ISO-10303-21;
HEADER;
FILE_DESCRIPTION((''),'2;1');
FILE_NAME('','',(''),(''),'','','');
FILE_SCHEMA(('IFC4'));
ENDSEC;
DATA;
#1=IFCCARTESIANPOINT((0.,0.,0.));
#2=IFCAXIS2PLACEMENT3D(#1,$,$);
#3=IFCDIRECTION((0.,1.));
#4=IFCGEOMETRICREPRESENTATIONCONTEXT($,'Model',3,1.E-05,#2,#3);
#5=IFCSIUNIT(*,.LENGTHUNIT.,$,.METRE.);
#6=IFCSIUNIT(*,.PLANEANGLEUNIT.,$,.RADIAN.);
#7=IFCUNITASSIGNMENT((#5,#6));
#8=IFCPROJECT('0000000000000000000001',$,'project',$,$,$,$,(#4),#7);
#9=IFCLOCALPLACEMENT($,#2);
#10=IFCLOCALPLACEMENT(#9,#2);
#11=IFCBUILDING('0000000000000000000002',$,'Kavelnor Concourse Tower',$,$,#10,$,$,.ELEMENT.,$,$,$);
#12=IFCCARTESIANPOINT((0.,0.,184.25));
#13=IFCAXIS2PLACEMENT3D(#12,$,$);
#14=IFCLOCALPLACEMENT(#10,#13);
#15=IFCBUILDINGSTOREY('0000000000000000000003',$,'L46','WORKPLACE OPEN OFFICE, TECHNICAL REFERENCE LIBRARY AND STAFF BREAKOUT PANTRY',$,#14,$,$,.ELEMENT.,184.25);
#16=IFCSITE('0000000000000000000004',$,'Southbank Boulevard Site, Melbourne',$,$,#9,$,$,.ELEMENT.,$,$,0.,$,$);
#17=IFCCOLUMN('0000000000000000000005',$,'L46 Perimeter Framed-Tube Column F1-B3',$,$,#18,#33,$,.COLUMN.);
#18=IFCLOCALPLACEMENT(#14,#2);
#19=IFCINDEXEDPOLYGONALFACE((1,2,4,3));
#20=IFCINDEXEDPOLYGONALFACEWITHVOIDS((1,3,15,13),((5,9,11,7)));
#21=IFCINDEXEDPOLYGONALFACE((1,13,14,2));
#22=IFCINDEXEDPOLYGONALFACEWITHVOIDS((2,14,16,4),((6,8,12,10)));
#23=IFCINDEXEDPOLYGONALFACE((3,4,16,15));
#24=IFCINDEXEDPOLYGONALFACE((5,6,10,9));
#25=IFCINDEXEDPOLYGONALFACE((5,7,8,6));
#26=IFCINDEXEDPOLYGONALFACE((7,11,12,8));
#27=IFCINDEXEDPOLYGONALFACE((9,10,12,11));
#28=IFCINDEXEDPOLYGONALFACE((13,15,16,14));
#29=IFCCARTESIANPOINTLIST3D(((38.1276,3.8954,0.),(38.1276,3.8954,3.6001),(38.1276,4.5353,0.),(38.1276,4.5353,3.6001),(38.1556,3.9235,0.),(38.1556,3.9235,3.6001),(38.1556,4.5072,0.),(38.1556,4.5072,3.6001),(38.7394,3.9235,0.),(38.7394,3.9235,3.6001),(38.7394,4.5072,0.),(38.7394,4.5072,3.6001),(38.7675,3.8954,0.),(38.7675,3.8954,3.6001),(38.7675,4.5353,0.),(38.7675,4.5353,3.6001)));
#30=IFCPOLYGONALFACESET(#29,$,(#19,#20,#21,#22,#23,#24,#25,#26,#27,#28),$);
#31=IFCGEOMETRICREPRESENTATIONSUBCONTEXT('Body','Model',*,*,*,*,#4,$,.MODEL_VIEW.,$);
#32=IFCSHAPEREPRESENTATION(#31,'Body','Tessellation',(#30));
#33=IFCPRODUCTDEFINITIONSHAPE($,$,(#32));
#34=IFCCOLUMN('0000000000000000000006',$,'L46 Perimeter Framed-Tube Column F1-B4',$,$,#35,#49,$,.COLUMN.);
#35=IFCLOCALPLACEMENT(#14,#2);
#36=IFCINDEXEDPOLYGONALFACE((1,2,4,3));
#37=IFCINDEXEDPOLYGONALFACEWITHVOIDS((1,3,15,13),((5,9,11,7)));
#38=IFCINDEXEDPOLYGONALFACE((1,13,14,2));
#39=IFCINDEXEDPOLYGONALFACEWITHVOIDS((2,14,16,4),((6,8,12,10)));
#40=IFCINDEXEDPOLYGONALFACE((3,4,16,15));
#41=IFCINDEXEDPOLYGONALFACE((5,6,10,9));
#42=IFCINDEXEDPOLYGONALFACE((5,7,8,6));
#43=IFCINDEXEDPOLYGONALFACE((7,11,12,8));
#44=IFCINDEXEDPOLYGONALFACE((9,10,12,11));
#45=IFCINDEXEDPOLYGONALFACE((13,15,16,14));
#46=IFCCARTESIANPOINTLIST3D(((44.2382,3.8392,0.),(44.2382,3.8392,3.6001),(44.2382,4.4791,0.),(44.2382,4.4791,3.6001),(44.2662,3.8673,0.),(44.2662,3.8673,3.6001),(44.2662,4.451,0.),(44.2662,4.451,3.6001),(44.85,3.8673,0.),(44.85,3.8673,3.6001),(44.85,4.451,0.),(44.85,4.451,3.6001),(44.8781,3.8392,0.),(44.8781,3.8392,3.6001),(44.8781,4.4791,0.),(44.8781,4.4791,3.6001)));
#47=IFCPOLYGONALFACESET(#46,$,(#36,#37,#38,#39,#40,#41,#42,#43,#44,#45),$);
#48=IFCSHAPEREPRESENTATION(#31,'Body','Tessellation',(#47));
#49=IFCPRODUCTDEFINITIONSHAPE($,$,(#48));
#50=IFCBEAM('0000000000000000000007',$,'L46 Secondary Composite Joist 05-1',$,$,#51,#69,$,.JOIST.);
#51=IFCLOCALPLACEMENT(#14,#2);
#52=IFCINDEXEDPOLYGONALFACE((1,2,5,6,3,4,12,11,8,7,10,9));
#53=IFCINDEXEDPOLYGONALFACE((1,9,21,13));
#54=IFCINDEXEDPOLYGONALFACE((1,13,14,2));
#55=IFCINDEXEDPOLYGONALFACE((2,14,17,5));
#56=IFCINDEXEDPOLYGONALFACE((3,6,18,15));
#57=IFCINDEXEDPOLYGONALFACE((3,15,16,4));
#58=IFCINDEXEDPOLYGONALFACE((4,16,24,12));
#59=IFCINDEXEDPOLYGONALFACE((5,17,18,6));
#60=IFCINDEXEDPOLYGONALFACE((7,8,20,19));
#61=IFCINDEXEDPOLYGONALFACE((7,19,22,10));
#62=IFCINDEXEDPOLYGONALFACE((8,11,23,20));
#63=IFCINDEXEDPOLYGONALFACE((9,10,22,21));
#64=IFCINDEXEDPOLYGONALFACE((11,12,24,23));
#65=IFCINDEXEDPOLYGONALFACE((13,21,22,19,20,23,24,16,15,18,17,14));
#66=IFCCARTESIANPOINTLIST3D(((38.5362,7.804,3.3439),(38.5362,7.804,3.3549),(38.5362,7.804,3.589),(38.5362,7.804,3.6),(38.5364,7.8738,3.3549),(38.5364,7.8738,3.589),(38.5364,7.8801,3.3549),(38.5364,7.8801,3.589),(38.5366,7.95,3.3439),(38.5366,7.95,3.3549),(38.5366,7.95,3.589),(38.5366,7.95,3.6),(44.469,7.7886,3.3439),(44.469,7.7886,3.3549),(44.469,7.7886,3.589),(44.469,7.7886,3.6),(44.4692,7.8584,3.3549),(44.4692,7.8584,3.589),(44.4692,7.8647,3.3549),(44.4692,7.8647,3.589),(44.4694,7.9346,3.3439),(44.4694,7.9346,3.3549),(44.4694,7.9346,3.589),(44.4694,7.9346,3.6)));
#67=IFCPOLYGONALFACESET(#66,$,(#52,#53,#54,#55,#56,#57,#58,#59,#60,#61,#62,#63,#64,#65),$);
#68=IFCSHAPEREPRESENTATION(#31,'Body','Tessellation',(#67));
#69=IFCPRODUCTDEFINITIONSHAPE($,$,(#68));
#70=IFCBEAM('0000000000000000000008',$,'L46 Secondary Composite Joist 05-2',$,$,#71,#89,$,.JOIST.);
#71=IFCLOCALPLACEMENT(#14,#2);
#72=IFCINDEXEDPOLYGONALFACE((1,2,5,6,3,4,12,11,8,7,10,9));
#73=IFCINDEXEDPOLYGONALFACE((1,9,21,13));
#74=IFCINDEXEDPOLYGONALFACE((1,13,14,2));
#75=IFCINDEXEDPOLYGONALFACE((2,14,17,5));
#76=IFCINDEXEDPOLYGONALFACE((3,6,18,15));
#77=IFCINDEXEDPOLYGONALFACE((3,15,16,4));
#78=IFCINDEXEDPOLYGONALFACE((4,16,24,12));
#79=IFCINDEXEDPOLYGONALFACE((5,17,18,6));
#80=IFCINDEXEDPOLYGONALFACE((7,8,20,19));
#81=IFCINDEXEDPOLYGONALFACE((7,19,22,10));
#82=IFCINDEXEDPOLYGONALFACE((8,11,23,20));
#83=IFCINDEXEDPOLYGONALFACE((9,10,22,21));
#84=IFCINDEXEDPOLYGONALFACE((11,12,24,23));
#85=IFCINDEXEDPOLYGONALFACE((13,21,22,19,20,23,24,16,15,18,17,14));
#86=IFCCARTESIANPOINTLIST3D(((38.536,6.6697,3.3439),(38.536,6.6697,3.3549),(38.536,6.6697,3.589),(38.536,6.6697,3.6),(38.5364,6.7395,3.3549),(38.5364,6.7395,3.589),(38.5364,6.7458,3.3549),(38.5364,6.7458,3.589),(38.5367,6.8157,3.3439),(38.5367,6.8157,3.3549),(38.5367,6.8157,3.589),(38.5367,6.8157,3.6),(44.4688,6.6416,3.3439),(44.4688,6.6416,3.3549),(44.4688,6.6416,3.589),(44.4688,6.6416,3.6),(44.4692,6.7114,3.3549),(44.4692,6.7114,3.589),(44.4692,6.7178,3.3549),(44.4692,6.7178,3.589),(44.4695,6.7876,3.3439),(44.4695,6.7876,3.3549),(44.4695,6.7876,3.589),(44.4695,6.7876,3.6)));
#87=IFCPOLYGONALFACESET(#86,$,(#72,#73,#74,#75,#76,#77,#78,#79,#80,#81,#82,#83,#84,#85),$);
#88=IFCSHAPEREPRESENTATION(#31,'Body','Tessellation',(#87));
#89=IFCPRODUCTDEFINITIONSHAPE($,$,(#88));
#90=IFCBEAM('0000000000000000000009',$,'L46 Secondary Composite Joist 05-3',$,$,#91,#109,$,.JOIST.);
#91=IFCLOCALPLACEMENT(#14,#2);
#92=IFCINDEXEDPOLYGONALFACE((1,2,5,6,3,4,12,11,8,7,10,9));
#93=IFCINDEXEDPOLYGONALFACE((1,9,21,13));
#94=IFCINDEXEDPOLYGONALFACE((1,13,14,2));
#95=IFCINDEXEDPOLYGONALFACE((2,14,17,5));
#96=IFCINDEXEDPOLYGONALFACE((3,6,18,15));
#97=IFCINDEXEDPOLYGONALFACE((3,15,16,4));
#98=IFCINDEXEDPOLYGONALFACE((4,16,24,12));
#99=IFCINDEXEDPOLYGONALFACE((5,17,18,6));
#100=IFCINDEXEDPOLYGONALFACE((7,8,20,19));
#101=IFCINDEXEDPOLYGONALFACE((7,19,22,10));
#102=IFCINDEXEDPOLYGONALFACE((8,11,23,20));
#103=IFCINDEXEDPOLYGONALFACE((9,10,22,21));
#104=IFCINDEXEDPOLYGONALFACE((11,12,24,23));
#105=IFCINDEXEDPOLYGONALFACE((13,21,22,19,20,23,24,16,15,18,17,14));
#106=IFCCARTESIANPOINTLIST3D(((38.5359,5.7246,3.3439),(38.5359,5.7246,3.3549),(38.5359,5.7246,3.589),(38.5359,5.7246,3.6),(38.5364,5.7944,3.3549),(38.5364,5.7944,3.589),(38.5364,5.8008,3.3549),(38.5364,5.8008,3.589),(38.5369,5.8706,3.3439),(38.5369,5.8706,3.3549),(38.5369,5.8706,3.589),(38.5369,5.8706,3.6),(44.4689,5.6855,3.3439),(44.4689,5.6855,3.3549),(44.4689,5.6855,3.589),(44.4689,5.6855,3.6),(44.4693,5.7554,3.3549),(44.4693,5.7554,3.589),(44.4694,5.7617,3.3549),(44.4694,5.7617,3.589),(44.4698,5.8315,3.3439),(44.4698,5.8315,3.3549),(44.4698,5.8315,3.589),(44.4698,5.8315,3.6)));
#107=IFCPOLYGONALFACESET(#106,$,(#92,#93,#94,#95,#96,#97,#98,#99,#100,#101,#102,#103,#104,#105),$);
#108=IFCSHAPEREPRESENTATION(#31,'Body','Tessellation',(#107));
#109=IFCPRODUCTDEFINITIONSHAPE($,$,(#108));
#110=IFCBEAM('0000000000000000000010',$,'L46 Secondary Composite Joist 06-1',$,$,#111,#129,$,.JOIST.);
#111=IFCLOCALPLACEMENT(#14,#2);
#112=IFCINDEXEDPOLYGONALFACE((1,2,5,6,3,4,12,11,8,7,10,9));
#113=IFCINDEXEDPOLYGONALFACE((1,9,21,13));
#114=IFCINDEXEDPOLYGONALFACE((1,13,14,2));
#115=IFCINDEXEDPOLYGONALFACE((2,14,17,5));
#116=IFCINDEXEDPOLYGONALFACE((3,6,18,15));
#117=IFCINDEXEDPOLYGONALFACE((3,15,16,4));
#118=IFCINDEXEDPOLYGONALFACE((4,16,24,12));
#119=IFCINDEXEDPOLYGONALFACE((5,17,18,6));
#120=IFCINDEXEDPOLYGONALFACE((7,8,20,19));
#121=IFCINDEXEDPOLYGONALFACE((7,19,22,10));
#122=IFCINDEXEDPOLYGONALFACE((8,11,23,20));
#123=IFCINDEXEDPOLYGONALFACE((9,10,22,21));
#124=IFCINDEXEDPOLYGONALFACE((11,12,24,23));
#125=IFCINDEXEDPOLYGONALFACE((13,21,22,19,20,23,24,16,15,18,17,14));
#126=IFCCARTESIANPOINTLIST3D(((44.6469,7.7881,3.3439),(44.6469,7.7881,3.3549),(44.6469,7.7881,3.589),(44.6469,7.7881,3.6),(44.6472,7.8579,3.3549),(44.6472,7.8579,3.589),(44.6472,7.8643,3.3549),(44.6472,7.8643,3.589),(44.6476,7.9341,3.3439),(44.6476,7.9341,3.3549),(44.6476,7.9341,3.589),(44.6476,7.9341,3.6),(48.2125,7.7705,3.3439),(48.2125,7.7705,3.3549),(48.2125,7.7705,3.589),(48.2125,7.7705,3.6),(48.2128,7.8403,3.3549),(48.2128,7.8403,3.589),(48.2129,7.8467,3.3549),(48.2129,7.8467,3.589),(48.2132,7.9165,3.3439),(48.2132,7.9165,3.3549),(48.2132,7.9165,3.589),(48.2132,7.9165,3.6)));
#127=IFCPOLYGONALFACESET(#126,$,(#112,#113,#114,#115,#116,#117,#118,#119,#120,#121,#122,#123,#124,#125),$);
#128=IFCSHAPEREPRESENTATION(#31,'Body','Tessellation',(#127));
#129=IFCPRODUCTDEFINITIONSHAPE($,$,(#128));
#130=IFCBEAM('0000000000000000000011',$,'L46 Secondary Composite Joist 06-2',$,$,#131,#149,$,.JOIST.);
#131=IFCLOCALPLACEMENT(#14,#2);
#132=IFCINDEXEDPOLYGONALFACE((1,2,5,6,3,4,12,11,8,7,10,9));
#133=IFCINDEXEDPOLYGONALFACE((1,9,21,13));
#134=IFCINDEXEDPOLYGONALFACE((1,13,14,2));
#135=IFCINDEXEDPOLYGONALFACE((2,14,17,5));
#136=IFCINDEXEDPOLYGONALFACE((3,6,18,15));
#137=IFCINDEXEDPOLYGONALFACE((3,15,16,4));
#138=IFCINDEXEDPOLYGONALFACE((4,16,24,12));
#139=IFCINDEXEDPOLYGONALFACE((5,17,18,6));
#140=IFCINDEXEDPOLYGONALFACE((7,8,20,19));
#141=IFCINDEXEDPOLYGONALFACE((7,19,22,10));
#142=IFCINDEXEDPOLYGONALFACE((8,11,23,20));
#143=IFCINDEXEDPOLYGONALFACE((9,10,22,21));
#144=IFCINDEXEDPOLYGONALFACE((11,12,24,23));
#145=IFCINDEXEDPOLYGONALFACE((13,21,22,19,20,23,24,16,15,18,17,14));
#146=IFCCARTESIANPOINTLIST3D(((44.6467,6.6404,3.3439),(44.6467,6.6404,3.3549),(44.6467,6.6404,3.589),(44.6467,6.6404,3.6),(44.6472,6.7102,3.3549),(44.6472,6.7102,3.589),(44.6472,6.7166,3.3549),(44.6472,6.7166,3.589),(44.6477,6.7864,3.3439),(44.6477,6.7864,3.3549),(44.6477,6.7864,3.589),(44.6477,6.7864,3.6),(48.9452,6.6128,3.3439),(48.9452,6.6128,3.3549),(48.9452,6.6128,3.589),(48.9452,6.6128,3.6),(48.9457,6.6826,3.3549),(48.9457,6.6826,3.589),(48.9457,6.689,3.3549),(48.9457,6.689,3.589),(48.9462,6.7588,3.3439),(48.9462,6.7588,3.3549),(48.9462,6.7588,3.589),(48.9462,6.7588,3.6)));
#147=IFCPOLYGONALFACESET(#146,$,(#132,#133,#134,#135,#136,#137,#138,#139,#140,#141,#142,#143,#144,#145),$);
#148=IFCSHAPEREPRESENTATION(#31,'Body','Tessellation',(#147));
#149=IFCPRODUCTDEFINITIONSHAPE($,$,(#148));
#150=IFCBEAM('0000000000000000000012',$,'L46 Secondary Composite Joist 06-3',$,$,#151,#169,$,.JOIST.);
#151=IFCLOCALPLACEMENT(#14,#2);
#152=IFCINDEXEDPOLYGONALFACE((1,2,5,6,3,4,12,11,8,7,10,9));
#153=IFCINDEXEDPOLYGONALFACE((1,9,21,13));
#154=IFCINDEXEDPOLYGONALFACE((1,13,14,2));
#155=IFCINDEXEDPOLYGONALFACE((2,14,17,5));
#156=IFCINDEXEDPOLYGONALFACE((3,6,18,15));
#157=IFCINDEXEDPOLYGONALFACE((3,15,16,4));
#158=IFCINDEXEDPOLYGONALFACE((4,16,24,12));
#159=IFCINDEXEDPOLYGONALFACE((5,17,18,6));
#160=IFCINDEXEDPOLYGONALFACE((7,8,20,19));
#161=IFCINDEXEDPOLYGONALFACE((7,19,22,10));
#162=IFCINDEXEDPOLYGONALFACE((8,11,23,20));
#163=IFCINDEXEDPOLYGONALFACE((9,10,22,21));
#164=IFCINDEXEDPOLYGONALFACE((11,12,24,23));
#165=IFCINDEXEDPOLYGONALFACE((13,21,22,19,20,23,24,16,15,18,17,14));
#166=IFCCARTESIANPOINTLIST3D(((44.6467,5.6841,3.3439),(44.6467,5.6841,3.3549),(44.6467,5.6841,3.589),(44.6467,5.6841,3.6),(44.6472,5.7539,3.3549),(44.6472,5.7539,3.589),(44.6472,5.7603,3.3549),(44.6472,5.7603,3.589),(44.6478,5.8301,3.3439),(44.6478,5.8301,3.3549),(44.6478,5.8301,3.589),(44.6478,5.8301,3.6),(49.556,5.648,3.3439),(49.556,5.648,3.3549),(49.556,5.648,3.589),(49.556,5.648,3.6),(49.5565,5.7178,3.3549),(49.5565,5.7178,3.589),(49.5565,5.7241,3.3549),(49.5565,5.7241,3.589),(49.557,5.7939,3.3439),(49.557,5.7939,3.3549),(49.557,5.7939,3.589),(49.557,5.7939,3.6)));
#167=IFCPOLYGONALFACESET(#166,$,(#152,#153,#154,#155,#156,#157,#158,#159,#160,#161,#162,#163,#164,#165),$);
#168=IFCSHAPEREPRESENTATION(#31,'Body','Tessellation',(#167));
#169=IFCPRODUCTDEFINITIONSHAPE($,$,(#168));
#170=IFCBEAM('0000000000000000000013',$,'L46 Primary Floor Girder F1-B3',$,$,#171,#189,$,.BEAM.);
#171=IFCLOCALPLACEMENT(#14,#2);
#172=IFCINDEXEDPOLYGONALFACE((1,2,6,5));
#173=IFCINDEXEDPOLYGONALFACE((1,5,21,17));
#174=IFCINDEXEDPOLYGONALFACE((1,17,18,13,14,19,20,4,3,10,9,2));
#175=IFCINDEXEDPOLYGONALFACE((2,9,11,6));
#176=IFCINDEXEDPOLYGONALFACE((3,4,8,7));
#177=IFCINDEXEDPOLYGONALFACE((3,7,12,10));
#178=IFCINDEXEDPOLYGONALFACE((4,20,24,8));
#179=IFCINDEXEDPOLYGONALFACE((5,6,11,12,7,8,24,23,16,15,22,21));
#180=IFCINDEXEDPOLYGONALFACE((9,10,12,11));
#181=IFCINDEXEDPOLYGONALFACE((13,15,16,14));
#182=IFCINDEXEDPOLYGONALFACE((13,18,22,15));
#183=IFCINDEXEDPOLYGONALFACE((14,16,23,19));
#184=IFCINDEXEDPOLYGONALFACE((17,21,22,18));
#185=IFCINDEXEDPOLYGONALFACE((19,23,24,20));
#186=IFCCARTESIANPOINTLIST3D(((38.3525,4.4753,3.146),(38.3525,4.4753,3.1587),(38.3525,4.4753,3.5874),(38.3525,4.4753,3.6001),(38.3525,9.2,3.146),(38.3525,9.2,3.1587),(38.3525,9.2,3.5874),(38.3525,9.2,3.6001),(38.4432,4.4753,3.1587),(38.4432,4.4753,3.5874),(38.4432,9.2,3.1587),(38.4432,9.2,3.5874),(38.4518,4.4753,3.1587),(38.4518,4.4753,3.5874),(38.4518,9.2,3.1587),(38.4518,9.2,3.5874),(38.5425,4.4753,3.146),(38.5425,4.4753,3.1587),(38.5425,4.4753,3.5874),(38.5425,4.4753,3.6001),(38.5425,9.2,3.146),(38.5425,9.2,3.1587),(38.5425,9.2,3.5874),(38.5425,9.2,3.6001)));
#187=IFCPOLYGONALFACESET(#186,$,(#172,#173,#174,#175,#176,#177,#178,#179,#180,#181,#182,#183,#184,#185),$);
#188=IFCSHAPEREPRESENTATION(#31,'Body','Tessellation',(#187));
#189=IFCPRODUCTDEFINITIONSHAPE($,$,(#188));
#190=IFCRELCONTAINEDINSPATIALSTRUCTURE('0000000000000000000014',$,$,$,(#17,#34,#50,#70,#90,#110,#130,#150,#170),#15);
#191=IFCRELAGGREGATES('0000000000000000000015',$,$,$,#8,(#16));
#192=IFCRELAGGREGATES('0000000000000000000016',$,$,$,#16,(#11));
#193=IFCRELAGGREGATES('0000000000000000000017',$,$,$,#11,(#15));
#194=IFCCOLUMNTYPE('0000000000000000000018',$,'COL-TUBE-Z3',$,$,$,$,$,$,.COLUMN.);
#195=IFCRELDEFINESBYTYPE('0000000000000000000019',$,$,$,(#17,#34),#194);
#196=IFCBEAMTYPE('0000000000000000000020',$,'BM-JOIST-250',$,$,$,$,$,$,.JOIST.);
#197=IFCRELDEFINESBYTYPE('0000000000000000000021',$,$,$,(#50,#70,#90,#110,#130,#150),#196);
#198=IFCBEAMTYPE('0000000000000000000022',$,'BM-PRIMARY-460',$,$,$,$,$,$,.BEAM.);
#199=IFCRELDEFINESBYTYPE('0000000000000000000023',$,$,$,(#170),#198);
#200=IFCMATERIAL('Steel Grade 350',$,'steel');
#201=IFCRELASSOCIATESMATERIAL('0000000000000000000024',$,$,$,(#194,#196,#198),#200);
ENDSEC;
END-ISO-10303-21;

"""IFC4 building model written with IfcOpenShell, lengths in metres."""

from ifc_helpers import new_model, si_unit, direction, frame, origin, origin_2d, place, context, subcontext, project, spatial, hollow_rectangle, i_section, extrude, material, material_profile, profile_set, type_object, element, save


model = new_model("IFC4")

# Units and contexts
model_context = context("Model", 3, precision=1e-05, world=origin(), true_north=direction((0.0, 1.0)))
body_context = subcontext(model_context, "Body", "Model", "MODEL_VIEW")
ifc_project = project(units=[si_unit("LENGTHUNIT", "METRE"), si_unit("PLANEANGLEUNIT", "RADIAN")], contexts=[model_context])

# Site, building, storey
site_placement = place(None, origin())
site = spatial("IfcSite", under=ifc_project, at=site_placement, Name="Southbank Boulevard Site, Melbourne", CompositionType="ELEMENT", RefElevation=0.0)
building_placement = place(site_placement, origin())
building = spatial("IfcBuilding", under=site, at=building_placement, Name="Kavelnor Concourse Tower", CompositionType="ELEMENT")
storey_placement = place(building_placement, frame((0.0, 0.0, 184.25)))
storey = spatial("IfcBuildingStorey", under=building, at=storey_placement, Name="L46", Description="WORKPLACE OPEN OFFICE, TECHNICAL REFERENCE LIBRARY AND STAFF BREAKOUT PANTRY", CompositionType="ELEMENT", Elevation=184.25)

# Columns
ifc_material_1 = material(Name="Steel Grade 350", Category="steel")
ifc_material_profile_1 = material_profile(ifc_material_1, hollow_rectangle(XDim=0.6399, YDim=0.6399, WallThickness=0.0281, at=origin_2d()), Name="SHS 640x640x28")
ifc_profile_set_1 = profile_set([ifc_material_profile_1], Name="Steel Grade 350")
column_type = type_object("IfcColumnType", Name="COL-TUBE-Z3", PredefinedType="COLUMN", material=ifc_profile_set_1)
for number, where, z_axis, x_axis, name in (
    (1, (38.4475, 4.2153, 0.0), (0.0, 0.0, 1.0), (1.0, 0.0, 0.0), "L46 Perimeter Framed-Tube Column F1-B3"),
    (2, (44.5581, 4.1592, 0.0), (0.0, 0.0, 1.0), (1.0, 0.0, 0.0), "L46 Perimeter Framed-Tube Column F1-B4"),
):
    element("IfcColumn", number, at=place(storey_placement, frame(where, z_axis=z_axis, x_axis=x_axis)), inside=storey, type_object=column_type, Name=name, PredefinedType="COLUMN", context=body_context, shape_type="SweptSolid", body=[
        extrude(hollow_rectangle(XDim=0.6399, YDim=0.6399, WallThickness=0.0281, at=origin_2d()), origin(), (0.0, 0.0, 1.0), 3.6001),
    ])

# Beams
ifc_material_profile_2 = material_profile(ifc_material_1, i_section(OverallWidth=0.146, OverallDepth=0.2561, WebThickness=0.0063, FlangeThickness=0.011, at=origin_2d()), Name="250UB37")
ifc_profile_set_2 = profile_set([ifc_material_profile_2], Name="Steel Grade 350")
beam_type_1 = type_object("IfcBeamType", Name="BM-JOIST-250", PredefinedType="JOIST", material=ifc_profile_set_2)
for number, where, z_axis, x_axis, name in (
    (3, (38.5364, 7.877, 3.4719), (0.999997, -0.002592, 0.0), (0.002592, 0.999997, 0.0), "L46 Secondary Composite Joist 05-1"),
    (4, (38.5364, 6.7427, 3.4719), (0.999989, -0.004732, 0.0), (0.004732, 0.999989, 0.0), "L46 Secondary Composite Joist 05-2"),
):
    element("IfcBeam", number, at=place(storey_placement, frame(where, z_axis=z_axis, x_axis=x_axis)), inside=storey, type_object=beam_type_1, Name=name, PredefinedType="JOIST", context=body_context, shape_type="SweptSolid", body=[
        extrude(i_section(OverallWidth=0.146, OverallDepth=0.2561, WebThickness=0.0063, FlangeThickness=0.011, at=origin_2d()), origin(), (0.0, 0.0, 1.0), 5.9329),
    ])
beam_1_placement = place(storey_placement, frame((38.5364, 5.7976, 3.4719), z_axis=(0.999978, -0.006584, 0.0), x_axis=(0.006584, 0.999978, 0.0)))
element("IfcBeam", 5, at=beam_1_placement, inside=storey, type_object=beam_type_1, Name="L46 Secondary Composite Joist 05-3", PredefinedType="JOIST", context=body_context, shape_type="SweptSolid", body=[
    extrude(i_section(OverallWidth=0.146, OverallDepth=0.2561, WebThickness=0.0063, FlangeThickness=0.011, at=origin_2d()), origin(), (0.0, 0.0, 1.0), 5.9331),
])
beam_2_placement = place(storey_placement, frame((44.6472, 7.8611, 3.4719), z_axis=(0.999988, -0.00493, 0.0), x_axis=(0.00493, 0.999988, 0.0)))
element("IfcBeam", 6, at=beam_2_placement, inside=storey, type_object=beam_type_1, Name="L46 Secondary Composite Joist 06-1", PredefinedType="JOIST", context=body_context, shape_type="SweptSolid", body=[
    extrude(i_section(OverallWidth=0.146, OverallDepth=0.2561, WebThickness=0.0063, FlangeThickness=0.011, at=origin_2d()), origin(), (0.0, 0.0, 1.0), 3.5657),
])
beam_3_placement = place(storey_placement, frame((44.6472, 6.7134, 3.4719), z_axis=(0.999979, -0.006418, 0.0), x_axis=(0.006418, 0.999979, 0.0)))
element("IfcBeam", 7, at=beam_3_placement, inside=storey, type_object=beam_type_1, Name="L46 Secondary Composite Joist 06-2", PredefinedType="JOIST", context=body_context, shape_type="SweptSolid", body=[
    extrude(i_section(OverallWidth=0.146, OverallDepth=0.2561, WebThickness=0.0063, FlangeThickness=0.011, at=origin_2d()), origin(), (0.0, 0.0, 1.0), 4.2986),
])
beam_4_placement = place(storey_placement, frame((44.6472, 5.7571, 3.4719), z_axis=(0.999973, -0.00736, 0.0), x_axis=(0.00736, 0.999973, 0.0)))
element("IfcBeam", 8, at=beam_4_placement, inside=storey, type_object=beam_type_1, Name="L46 Secondary Composite Joist 06-3", PredefinedType="JOIST", context=body_context, shape_type="SweptSolid", body=[
    extrude(i_section(OverallWidth=0.146, OverallDepth=0.2561, WebThickness=0.0063, FlangeThickness=0.011, at=origin_2d()), origin(), (0.0, 0.0, 1.0), 4.9094),
])
ifc_material_profile_3 = material_profile(ifc_material_1, i_section(OverallWidth=0.1899, OverallDepth=0.4541, WebThickness=0.0085, FlangeThickness=0.0127, at=origin_2d()), Name="460UB67")
ifc_profile_set_3 = profile_set([ifc_material_profile_3], Name="Steel Grade 350")
beam_type_2 = type_object("IfcBeamType", Name="BM-PRIMARY-460", PredefinedType="BEAM", material=ifc_profile_set_3)
beam_5_placement = place(storey_placement, frame((38.4475, 9.2, 3.373), z_axis=(0.0, -1.0, 0.0), x_axis=(1.0, 0.0, 0.0)))
element("IfcBeam", 9, at=beam_5_placement, inside=storey, type_object=beam_type_2, Name="L46 Primary Floor Girder F1-B3", PredefinedType="BEAM", context=body_context, shape_type="SweptSolid", body=[
    extrude(i_section(OverallWidth=0.1899, OverallDepth=0.4541, WebThickness=0.0085, FlangeThickness=0.0127, at=origin_2d()), origin(), (0.0, 0.0, 1.0), 4.7246),
])

save(model, "model.ifc")
